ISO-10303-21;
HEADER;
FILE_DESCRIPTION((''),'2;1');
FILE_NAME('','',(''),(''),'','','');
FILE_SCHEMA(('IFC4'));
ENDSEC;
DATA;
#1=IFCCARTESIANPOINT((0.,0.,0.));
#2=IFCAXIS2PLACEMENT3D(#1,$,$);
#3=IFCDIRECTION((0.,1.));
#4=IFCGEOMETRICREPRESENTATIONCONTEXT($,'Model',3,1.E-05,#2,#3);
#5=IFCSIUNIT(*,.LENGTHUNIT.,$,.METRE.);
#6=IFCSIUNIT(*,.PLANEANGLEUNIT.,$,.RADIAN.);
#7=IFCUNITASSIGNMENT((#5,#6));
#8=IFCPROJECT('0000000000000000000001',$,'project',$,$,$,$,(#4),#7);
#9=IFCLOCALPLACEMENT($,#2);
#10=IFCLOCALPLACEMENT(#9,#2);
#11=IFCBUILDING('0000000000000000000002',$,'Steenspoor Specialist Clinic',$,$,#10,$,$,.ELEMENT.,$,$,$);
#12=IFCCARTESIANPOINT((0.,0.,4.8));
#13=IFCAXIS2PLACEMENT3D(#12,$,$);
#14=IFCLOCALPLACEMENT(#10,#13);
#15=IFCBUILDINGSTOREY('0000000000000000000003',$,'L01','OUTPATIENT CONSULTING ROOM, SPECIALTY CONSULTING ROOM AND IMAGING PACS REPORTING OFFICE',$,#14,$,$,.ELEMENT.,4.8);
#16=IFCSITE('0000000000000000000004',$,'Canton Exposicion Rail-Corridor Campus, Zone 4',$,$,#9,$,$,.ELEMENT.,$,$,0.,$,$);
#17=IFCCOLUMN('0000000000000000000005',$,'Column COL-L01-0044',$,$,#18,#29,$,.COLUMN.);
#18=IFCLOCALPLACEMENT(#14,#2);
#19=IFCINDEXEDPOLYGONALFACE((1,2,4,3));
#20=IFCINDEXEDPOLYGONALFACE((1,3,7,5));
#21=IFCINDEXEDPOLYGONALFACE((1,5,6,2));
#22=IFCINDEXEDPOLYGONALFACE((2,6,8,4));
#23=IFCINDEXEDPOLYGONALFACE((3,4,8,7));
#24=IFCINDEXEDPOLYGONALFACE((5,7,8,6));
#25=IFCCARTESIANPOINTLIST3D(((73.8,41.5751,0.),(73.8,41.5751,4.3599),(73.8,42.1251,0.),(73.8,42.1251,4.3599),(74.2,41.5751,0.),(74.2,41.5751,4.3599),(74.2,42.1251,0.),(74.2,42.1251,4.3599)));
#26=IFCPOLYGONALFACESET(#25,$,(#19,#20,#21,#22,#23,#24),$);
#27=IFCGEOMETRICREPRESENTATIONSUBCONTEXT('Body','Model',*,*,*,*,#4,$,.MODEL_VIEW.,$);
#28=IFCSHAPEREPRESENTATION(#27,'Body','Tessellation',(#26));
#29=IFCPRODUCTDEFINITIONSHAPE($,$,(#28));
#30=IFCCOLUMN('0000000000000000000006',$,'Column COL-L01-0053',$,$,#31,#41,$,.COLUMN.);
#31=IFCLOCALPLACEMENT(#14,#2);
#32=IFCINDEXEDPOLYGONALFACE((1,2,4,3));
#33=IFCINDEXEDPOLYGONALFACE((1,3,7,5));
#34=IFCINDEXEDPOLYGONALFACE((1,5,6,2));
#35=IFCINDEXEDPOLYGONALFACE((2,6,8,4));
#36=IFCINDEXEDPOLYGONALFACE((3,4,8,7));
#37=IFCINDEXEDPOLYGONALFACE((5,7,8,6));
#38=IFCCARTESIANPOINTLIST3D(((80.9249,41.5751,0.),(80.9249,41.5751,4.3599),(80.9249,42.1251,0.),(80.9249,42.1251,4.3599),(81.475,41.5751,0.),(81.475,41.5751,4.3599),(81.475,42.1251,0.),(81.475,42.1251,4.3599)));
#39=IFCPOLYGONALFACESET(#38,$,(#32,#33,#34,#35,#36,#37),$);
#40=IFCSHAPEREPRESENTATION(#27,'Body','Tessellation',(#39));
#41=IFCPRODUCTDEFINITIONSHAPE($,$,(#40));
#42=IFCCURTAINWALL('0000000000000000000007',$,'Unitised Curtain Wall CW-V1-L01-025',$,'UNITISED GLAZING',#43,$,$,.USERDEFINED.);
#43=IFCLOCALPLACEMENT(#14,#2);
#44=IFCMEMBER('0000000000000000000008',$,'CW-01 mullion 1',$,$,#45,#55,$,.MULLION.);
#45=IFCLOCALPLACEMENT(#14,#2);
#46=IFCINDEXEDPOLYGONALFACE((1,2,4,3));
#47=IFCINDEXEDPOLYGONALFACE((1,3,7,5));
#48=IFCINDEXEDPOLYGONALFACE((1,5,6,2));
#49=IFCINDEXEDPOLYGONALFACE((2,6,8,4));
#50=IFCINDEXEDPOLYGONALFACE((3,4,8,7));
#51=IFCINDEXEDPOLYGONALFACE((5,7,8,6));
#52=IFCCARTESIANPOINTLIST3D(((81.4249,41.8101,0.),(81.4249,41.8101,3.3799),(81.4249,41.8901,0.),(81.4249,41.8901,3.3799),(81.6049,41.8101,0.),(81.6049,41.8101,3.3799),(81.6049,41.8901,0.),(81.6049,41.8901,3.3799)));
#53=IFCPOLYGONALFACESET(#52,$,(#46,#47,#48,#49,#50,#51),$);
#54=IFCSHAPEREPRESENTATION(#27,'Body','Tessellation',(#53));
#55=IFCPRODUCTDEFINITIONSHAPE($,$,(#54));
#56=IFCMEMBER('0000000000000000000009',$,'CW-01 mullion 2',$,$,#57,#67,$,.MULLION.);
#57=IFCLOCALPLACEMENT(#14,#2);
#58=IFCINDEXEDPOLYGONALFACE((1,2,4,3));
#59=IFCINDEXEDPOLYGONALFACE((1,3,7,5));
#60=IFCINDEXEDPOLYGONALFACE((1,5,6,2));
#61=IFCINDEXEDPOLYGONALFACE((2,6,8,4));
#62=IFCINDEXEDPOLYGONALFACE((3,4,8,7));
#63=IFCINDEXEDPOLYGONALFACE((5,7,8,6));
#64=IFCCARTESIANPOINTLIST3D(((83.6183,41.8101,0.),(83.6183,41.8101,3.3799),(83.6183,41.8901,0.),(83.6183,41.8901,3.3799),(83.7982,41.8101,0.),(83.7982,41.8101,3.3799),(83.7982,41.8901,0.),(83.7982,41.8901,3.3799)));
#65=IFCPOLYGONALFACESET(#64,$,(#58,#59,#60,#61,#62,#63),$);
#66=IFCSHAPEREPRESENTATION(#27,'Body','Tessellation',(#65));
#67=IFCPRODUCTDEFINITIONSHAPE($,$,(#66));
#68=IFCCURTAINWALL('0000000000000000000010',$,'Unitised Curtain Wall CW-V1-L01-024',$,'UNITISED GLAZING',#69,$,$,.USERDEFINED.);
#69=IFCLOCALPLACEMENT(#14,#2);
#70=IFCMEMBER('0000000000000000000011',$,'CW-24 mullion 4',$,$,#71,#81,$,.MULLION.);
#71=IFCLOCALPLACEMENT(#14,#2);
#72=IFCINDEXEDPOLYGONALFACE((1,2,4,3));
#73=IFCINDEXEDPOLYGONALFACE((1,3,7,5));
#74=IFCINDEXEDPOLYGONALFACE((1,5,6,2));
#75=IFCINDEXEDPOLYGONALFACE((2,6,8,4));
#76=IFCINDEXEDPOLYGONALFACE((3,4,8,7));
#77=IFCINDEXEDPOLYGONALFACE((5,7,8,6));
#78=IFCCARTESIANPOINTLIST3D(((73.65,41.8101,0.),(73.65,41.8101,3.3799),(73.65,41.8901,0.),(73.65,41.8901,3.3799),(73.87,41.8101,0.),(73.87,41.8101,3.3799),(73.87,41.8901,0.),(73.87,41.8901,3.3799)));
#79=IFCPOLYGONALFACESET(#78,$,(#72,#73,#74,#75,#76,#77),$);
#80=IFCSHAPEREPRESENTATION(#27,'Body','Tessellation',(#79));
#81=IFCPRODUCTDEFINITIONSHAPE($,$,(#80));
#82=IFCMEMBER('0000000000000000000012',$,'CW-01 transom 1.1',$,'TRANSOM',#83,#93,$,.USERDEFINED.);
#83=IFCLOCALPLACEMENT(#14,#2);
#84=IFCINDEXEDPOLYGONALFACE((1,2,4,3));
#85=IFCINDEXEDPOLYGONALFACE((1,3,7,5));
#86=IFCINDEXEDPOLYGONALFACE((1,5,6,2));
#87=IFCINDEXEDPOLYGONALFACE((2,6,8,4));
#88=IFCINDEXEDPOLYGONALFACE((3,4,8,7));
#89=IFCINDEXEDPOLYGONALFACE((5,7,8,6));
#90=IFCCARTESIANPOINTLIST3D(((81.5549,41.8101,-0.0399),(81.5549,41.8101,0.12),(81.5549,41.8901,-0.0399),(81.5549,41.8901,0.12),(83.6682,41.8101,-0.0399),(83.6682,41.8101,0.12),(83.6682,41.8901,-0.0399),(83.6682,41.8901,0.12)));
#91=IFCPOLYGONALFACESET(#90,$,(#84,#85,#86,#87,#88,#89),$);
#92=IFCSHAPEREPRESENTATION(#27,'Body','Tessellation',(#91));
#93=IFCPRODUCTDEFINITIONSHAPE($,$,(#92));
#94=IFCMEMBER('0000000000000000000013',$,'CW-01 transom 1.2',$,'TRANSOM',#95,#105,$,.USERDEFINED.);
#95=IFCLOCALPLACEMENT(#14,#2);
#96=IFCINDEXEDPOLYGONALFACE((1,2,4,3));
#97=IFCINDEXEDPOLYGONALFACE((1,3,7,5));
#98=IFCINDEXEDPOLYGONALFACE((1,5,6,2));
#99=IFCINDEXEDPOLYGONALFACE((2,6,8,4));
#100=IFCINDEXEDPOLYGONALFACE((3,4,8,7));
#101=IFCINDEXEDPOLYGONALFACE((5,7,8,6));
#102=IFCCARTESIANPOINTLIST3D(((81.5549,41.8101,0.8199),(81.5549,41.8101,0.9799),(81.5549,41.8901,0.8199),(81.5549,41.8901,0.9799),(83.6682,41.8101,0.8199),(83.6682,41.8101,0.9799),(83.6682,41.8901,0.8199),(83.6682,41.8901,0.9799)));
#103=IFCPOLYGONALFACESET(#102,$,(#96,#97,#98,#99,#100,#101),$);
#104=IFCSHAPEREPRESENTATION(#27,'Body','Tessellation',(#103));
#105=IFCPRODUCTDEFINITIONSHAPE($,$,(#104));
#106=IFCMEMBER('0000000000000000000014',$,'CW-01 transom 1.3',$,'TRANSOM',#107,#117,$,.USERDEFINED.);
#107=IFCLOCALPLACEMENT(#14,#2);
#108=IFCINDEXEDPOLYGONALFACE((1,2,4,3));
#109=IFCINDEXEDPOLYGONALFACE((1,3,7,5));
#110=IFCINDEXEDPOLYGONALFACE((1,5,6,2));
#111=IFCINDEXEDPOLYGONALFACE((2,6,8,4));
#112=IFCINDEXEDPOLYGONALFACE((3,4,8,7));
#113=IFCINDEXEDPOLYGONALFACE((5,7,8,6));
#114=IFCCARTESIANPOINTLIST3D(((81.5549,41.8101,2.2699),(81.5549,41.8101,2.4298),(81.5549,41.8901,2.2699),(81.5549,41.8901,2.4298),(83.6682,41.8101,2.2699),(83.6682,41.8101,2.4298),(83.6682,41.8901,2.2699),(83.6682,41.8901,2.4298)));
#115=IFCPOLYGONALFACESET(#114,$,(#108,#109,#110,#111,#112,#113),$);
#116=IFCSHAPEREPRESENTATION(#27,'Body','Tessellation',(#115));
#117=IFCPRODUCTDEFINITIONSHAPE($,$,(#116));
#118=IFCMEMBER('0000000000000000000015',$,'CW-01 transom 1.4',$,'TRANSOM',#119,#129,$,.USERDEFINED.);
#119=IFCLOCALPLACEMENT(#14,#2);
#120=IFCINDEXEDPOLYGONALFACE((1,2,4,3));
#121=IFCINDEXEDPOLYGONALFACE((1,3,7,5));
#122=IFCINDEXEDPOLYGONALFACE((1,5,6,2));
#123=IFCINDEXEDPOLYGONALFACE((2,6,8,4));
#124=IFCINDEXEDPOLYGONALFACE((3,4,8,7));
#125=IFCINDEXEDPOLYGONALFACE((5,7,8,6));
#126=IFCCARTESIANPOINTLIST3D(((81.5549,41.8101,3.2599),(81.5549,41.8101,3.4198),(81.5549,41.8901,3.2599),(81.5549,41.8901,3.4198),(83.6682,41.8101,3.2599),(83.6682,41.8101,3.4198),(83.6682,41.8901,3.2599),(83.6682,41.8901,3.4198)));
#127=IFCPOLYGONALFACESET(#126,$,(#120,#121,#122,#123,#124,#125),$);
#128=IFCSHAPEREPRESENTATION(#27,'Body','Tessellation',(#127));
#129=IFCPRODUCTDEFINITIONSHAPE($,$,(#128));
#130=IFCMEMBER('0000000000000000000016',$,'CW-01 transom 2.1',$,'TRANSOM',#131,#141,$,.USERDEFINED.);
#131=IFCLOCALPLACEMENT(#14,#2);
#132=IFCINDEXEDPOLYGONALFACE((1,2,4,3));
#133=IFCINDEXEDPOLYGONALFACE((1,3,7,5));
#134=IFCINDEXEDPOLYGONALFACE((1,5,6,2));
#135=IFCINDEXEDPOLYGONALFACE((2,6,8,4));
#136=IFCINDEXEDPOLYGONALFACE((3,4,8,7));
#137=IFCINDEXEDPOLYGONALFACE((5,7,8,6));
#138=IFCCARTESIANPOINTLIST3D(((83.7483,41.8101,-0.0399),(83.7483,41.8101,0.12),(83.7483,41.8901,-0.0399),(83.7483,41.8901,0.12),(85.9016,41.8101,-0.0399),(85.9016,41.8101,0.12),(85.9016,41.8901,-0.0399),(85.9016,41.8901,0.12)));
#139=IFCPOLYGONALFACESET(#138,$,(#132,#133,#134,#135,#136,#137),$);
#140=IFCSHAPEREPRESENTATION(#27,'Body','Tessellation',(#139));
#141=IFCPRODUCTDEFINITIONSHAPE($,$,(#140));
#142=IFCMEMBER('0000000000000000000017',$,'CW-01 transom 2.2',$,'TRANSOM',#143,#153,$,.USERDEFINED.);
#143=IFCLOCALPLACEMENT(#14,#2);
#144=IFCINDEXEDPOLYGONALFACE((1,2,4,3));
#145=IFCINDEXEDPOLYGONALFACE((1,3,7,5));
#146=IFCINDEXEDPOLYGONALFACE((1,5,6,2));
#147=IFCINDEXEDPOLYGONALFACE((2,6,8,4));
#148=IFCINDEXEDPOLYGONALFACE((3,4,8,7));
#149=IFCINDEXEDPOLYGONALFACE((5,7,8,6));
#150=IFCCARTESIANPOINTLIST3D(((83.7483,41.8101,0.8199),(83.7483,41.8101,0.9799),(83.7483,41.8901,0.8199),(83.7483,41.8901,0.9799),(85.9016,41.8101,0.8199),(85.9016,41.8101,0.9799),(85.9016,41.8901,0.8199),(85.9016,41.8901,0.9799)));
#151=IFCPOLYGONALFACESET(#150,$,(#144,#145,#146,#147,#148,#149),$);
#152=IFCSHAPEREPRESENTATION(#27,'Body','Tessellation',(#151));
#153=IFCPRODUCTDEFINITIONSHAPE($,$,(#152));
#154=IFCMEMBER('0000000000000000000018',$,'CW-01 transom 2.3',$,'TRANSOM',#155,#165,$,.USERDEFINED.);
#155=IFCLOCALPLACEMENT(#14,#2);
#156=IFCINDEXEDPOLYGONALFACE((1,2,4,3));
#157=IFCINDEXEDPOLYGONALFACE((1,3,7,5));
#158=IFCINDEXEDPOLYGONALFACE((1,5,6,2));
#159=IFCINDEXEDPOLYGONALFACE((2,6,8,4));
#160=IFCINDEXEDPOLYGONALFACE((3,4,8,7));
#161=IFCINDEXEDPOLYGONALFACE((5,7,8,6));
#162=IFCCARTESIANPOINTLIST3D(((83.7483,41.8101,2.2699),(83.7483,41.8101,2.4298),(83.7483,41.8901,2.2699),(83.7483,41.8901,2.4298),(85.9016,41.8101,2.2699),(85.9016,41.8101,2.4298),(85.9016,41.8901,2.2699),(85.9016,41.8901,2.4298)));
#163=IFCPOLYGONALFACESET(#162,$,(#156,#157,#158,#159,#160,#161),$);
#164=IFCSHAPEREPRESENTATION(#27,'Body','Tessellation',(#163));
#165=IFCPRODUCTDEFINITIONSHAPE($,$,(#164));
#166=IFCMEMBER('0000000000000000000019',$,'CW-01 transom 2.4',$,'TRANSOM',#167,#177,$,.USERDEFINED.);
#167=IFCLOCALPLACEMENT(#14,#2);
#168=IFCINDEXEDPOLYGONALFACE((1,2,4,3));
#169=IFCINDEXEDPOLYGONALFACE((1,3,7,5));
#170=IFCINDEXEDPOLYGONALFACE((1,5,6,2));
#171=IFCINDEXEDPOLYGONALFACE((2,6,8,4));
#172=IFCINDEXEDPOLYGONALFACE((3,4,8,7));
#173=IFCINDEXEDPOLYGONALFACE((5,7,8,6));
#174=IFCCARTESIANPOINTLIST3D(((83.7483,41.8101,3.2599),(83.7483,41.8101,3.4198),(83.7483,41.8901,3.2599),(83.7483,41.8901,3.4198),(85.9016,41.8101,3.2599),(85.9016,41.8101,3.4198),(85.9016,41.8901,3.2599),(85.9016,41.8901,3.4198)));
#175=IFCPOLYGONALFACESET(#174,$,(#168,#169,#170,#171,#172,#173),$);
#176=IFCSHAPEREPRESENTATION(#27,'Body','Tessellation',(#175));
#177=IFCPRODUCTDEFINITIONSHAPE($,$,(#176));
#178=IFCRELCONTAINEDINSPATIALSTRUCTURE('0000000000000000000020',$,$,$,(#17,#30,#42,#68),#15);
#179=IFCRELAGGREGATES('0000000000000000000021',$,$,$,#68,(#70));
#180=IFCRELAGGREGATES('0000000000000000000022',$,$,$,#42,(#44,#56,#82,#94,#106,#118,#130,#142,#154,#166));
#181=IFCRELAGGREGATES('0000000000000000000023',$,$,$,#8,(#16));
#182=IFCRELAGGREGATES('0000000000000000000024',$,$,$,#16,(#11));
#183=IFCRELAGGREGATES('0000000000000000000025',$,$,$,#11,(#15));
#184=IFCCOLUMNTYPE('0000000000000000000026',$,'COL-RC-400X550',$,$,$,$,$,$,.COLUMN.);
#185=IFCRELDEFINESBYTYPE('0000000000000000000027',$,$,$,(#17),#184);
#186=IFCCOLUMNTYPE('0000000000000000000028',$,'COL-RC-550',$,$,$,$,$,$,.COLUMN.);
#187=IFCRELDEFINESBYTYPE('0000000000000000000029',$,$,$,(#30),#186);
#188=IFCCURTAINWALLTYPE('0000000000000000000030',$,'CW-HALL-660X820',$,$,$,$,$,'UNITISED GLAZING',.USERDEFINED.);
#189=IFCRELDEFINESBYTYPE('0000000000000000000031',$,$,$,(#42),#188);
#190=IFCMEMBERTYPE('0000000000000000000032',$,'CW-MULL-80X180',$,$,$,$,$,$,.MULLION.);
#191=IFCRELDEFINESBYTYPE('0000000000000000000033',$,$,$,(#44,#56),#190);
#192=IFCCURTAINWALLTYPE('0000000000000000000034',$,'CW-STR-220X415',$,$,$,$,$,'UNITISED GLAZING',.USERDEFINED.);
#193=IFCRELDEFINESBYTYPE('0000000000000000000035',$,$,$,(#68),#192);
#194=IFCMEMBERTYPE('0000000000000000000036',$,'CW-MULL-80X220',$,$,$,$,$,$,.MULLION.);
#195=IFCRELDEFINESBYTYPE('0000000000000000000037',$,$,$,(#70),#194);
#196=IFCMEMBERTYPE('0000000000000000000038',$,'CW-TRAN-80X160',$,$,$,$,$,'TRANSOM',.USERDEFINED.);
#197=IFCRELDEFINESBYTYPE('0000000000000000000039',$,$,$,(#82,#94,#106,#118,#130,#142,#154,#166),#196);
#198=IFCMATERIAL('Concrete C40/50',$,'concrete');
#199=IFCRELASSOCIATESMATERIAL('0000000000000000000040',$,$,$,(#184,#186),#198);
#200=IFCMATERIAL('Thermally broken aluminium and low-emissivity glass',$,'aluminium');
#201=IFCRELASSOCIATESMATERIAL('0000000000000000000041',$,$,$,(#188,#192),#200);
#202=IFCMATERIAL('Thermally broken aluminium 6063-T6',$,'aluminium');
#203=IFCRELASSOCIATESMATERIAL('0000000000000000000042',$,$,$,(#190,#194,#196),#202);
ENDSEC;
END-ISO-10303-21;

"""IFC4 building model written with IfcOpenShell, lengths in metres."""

from ifc_helpers import new_model, si_unit, direction, frame, origin, origin_2d, place, context, subcontext, project, spatial, rectangle, extrude, material, material_profile, profile_set, type_object, element, aggregate, save


model = new_model("IFC4")

# Units and contexts
model_context = context("Model", 3, precision=1e-05, world=origin(), true_north=direction((0.0, 1.0)))
body_context = subcontext(model_context, "Body", "Model", "MODEL_VIEW")
ifc_project = project(units=[si_unit("LENGTHUNIT", "METRE"), si_unit("PLANEANGLEUNIT", "RADIAN")], contexts=[model_context])

# Site, building, storey
site_placement = place(None, origin())
site = spatial("IfcSite", under=ifc_project, at=site_placement, Name="Canton Exposicion Rail-Corridor Campus, Zone 4", CompositionType="ELEMENT", RefElevation=0.0)
building_placement = place(site_placement, origin())
building = spatial("IfcBuilding", under=site, at=building_placement, Name="Steenspoor Specialist Clinic", CompositionType="ELEMENT")
storey_placement = place(building_placement, frame((0.0, 0.0, 4.8)))
storey = spatial("IfcBuildingStorey", under=building, at=storey_placement, Name="L01", Description="OUTPATIENT CONSULTING ROOM, SPECIALTY CONSULTING ROOM AND IMAGING PACS REPORTING OFFICE", CompositionType="ELEMENT", Elevation=4.8)

# Columns
ifc_material_1 = material(Name="Concrete C40/50", Category="concrete")
ifc_material_profile_1 = material_profile(ifc_material_1, rectangle(XDim=0.3999, YDim=0.55, at=origin_2d()), Name="RC-COL-400X550")
ifc_profile_set_1 = profile_set([ifc_material_profile_1], Name="Concrete C40/50")
column_type_1 = type_object("IfcColumnType", Name="COL-RC-400X550", PredefinedType="COLUMN", material=ifc_profile_set_1)
column_1_placement = place(storey_placement, frame((74.0, 41.8501, 0.0), z_axis=(0.0, 0.0, 1.0), x_axis=(1.0, 0.0, 0.0)))
element("IfcColumn", 1, at=column_1_placement, inside=storey, type_object=column_type_1, Name="Column COL-L01-0044", PredefinedType="COLUMN", context=body_context, shape_type="SweptSolid", body=[
    extrude(rectangle(XDim=0.3999, YDim=0.55, at=origin_2d()), origin(), (0.0, 0.0, 1.0), 4.3599),
])
ifc_material_profile_2 = material_profile(ifc_material_1, rectangle(XDim=0.55, YDim=0.55, at=origin_2d()), Name="RC-COL-550X550")
ifc_profile_set_2 = profile_set([ifc_material_profile_2], Name="Concrete C40/50")
column_type_2 = type_object("IfcColumnType", Name="COL-RC-550", PredefinedType="COLUMN", material=ifc_profile_set_2)
column_2_placement = place(storey_placement, frame((81.2, 41.8501, 0.0), z_axis=(0.0, 0.0, 1.0), x_axis=(1.0, 0.0, 0.0)))
element("IfcColumn", 2, at=column_2_placement, inside=storey, type_object=column_type_2, Name="Column COL-L01-0053", PredefinedType="COLUMN", context=body_context, shape_type="SweptSolid", body=[
    extrude(rectangle(XDim=0.55, YDim=0.55, at=origin_2d()), origin(), (0.0, 0.0, 1.0), 4.3599),
])

# Curtain wall, members
ifc_material_2 = material(Name="Thermally broken aluminium and low-emissivity glass", Category="aluminium")
curtain_wall_type_1 = type_object("IfcCurtainWallType", Name="CW-HALL-660X820", ElementType="UNITISED GLAZING", PredefinedType="USERDEFINED", material=ifc_material_2)
curtain_wall_1_placement = place(storey_placement, origin())
curtain_wall_1 = element("IfcCurtainWall", 3, at=curtain_wall_1_placement, inside=storey, type_object=curtain_wall_type_1, Name="Unitised Curtain Wall CW-V1-L01-025", ObjectType="UNITISED GLAZING", PredefinedType="USERDEFINED")
ifc_material_3 = material(Name="Thermally broken aluminium 6063-T6", Category="aluminium")
ifc_material_profile_3 = material_profile(ifc_material_3, rectangle(XDim=0.0801, YDim=0.1799, at=origin_2d()), Name="CWM-80X180")
ifc_profile_set_3 = profile_set([ifc_material_profile_3], Name="Thermally broken aluminium 6063-T6")
member_type_1 = type_object("IfcMemberType", Name="CW-MULL-80X180", PredefinedType="MULLION", material=ifc_profile_set_3)
member_1_placement = place(storey_placement, frame((81.5149, 41.8501, 0.0), z_axis=(0.0, 0.0, 1.0), x_axis=(0.0, 1.0, 0.0)))
member_1 = element("IfcMember", 4, at=member_1_placement, type_object=member_type_1, Name="CW-01 mullion 1", PredefinedType="MULLION", context=body_context, shape_type="SweptSolid", body=[
    extrude(rectangle(XDim=0.0801, YDim=0.1799, at=origin_2d()), origin(), (0.0, 0.0, 1.0), 3.3799),
])
member_2_placement = place(storey_placement, frame((83.7083, 41.8501, 0.0), z_axis=(0.0, 0.0, 1.0), x_axis=(0.0, 1.0, 0.0)))
member_2 = element("IfcMember", 5, at=member_2_placement, type_object=member_type_1, Name="CW-01 mullion 2", PredefinedType="MULLION", context=body_context, shape_type="SweptSolid", body=[
    extrude(rectangle(XDim=0.0801, YDim=0.1799, at=origin_2d()), origin(), (0.0, 0.0, 1.0), 3.3799),
])

# Curtain wall, member
curtain_wall_type_2 = type_object("IfcCurtainWallType", Name="CW-STR-220X415", ElementType="UNITISED GLAZING", PredefinedType="USERDEFINED", material=ifc_material_2)
curtain_wall_2_placement = place(storey_placement, origin())
curtain_wall_2 = element("IfcCurtainWall", 6, at=curtain_wall_2_placement, inside=storey, type_object=curtain_wall_type_2, Name="Unitised Curtain Wall CW-V1-L01-024", ObjectType="UNITISED GLAZING", PredefinedType="USERDEFINED")
ifc_material_profile_4 = material_profile(ifc_material_3, rectangle(XDim=0.0801, YDim=0.22, at=origin_2d()), Name="CWM-80X220")
ifc_profile_set_4 = profile_set([ifc_material_profile_4], Name="Thermally broken aluminium 6063-T6")
member_type_2 = type_object("IfcMemberType", Name="CW-MULL-80X220", PredefinedType="MULLION", material=ifc_profile_set_4)
member_3_placement = place(storey_placement, frame((73.76, 41.8501, 0.0), z_axis=(0.0, 0.0, 1.0), x_axis=(0.0, 1.0, 0.0)))
member_3 = element("IfcMember", 7, at=member_3_placement, type_object=member_type_2, Name="CW-24 mullion 4", PredefinedType="MULLION", context=body_context, shape_type="SweptSolid", body=[
    extrude(rectangle(XDim=0.0801, YDim=0.22, at=origin_2d()), origin(), (0.0, 0.0, 1.0), 3.3799),
])

# Members
ifc_material_profile_5 = material_profile(ifc_material_3, rectangle(XDim=0.0801, YDim=0.1599, at=origin_2d()), Name="CWT-80X160")
ifc_profile_set_5 = profile_set([ifc_material_profile_5], Name="Thermally broken aluminium 6063-T6")
member_type_3 = type_object("IfcMemberType", Name="CW-TRAN-80X160", ElementType="TRANSOM", PredefinedType="USERDEFINED", material=ifc_profile_set_5)
member_4_placement = place(storey_placement, frame((81.5549, 41.8501, 0.04), z_axis=(1.0, 0.0, 0.0), x_axis=(0.0, 1.0, 0.0)))
member_4 = element("IfcMember", 8, at=member_4_placement, type_object=member_type_3, Name="CW-01 transom 1.1", ObjectType="TRANSOM", PredefinedType="USERDEFINED", context=body_context, shape_type="SweptSolid", body=[
    extrude(rectangle(XDim=0.0801, YDim=0.1599, at=origin_2d()), origin(), (0.0, 0.0, 1.0), 2.1133),
])
member_5_placement = place(storey_placement, frame((81.5549, 41.8501, 0.8999), z_axis=(1.0, 0.0, 0.0), x_axis=(0.0, 1.0, 0.0)))
member_5 = element("IfcMember", 9, at=member_5_placement, type_object=member_type_3, Name="CW-01 transom 1.2", ObjectType="TRANSOM", PredefinedType="USERDEFINED", context=body_context, shape_type="SweptSolid", body=[
    extrude(rectangle(XDim=0.0801, YDim=0.1599, at=origin_2d()), origin(), (0.0, 0.0, 1.0), 2.1133),
])
member_6_placement = place(storey_placement, frame((81.5549, 41.8501, 2.3499), z_axis=(1.0, 0.0, 0.0), x_axis=(0.0, 1.0, 0.0)))
member_6 = element("IfcMember", 10, at=member_6_placement, type_object=member_type_3, Name="CW-01 transom 1.3", ObjectType="TRANSOM", PredefinedType="USERDEFINED", context=body_context, shape_type="SweptSolid", body=[
    extrude(rectangle(XDim=0.0801, YDim=0.1599, at=origin_2d()), origin(), (0.0, 0.0, 1.0), 2.1133),
])
member_7_placement = place(storey_placement, frame((81.5549, 41.8501, 3.3398), z_axis=(1.0, 0.0, 0.0), x_axis=(0.0, 1.0, 0.0)))
member_7 = element("IfcMember", 11, at=member_7_placement, type_object=member_type_3, Name="CW-01 transom 1.4", ObjectType="TRANSOM", PredefinedType="USERDEFINED", context=body_context, shape_type="SweptSolid", body=[
    extrude(rectangle(XDim=0.0801, YDim=0.1599, at=origin_2d()), origin(), (0.0, 0.0, 1.0), 2.1133),
])
member_8_placement = place(storey_placement, frame((83.7483, 41.8501, 0.04), z_axis=(1.0, 0.0, 0.0), x_axis=(0.0, 1.0, 0.0)))
member_8 = element("IfcMember", 12, at=member_8_placement, type_object=member_type_3, Name="CW-01 transom 2.1", ObjectType="TRANSOM", PredefinedType="USERDEFINED", context=body_context, shape_type="SweptSolid", body=[
    extrude(rectangle(XDim=0.0801, YDim=0.1599, at=origin_2d()), origin(), (0.0, 0.0, 1.0), 2.1533),
])
member_9_placement = place(storey_placement, frame((83.7483, 41.8501, 0.8999), z_axis=(1.0, 0.0, 0.0), x_axis=(0.0, 1.0, 0.0)))
member_9 = element("IfcMember", 13, at=member_9_placement, type_object=member_type_3, Name="CW-01 transom 2.2", ObjectType="TRANSOM", PredefinedType="USERDEFINED", context=body_context, shape_type="SweptSolid", body=[
    extrude(rectangle(XDim=0.0801, YDim=0.1599, at=origin_2d()), origin(), (0.0, 0.0, 1.0), 2.1533),
])
member_10_placement = place(storey_placement, frame((83.7483, 41.8501, 2.3499), z_axis=(1.0, 0.0, 0.0), x_axis=(0.0, 1.0, 0.0)))
member_10 = element("IfcMember", 14, at=member_10_placement, type_object=member_type_3, Name="CW-01 transom 2.3", ObjectType="TRANSOM", PredefinedType="USERDEFINED", context=body_context, shape_type="SweptSolid", body=[
    extrude(rectangle(XDim=0.0801, YDim=0.1599, at=origin_2d()), origin(), (0.0, 0.0, 1.0), 2.1533),
])
member_11_placement = place(storey_placement, frame((83.7483, 41.8501, 3.3398), z_axis=(1.0, 0.0, 0.0), x_axis=(0.0, 1.0, 0.0)))
member_11 = element("IfcMember", 15, at=member_11_placement, type_object=member_type_3, Name="CW-01 transom 2.4", ObjectType="TRANSOM", PredefinedType="USERDEFINED", context=body_context, shape_type="SweptSolid", body=[
    extrude(rectangle(XDim=0.0801, YDim=0.1599, at=origin_2d()), origin(), (0.0, 0.0, 1.0), 2.1533),
])

aggregate(curtain_wall_2, [member_3])
aggregate(curtain_wall_1, [member_1, member_2, member_4, member_5, member_6, member_7, member_8, member_9, member_10, member_11])

save(model, "model.ifc")
